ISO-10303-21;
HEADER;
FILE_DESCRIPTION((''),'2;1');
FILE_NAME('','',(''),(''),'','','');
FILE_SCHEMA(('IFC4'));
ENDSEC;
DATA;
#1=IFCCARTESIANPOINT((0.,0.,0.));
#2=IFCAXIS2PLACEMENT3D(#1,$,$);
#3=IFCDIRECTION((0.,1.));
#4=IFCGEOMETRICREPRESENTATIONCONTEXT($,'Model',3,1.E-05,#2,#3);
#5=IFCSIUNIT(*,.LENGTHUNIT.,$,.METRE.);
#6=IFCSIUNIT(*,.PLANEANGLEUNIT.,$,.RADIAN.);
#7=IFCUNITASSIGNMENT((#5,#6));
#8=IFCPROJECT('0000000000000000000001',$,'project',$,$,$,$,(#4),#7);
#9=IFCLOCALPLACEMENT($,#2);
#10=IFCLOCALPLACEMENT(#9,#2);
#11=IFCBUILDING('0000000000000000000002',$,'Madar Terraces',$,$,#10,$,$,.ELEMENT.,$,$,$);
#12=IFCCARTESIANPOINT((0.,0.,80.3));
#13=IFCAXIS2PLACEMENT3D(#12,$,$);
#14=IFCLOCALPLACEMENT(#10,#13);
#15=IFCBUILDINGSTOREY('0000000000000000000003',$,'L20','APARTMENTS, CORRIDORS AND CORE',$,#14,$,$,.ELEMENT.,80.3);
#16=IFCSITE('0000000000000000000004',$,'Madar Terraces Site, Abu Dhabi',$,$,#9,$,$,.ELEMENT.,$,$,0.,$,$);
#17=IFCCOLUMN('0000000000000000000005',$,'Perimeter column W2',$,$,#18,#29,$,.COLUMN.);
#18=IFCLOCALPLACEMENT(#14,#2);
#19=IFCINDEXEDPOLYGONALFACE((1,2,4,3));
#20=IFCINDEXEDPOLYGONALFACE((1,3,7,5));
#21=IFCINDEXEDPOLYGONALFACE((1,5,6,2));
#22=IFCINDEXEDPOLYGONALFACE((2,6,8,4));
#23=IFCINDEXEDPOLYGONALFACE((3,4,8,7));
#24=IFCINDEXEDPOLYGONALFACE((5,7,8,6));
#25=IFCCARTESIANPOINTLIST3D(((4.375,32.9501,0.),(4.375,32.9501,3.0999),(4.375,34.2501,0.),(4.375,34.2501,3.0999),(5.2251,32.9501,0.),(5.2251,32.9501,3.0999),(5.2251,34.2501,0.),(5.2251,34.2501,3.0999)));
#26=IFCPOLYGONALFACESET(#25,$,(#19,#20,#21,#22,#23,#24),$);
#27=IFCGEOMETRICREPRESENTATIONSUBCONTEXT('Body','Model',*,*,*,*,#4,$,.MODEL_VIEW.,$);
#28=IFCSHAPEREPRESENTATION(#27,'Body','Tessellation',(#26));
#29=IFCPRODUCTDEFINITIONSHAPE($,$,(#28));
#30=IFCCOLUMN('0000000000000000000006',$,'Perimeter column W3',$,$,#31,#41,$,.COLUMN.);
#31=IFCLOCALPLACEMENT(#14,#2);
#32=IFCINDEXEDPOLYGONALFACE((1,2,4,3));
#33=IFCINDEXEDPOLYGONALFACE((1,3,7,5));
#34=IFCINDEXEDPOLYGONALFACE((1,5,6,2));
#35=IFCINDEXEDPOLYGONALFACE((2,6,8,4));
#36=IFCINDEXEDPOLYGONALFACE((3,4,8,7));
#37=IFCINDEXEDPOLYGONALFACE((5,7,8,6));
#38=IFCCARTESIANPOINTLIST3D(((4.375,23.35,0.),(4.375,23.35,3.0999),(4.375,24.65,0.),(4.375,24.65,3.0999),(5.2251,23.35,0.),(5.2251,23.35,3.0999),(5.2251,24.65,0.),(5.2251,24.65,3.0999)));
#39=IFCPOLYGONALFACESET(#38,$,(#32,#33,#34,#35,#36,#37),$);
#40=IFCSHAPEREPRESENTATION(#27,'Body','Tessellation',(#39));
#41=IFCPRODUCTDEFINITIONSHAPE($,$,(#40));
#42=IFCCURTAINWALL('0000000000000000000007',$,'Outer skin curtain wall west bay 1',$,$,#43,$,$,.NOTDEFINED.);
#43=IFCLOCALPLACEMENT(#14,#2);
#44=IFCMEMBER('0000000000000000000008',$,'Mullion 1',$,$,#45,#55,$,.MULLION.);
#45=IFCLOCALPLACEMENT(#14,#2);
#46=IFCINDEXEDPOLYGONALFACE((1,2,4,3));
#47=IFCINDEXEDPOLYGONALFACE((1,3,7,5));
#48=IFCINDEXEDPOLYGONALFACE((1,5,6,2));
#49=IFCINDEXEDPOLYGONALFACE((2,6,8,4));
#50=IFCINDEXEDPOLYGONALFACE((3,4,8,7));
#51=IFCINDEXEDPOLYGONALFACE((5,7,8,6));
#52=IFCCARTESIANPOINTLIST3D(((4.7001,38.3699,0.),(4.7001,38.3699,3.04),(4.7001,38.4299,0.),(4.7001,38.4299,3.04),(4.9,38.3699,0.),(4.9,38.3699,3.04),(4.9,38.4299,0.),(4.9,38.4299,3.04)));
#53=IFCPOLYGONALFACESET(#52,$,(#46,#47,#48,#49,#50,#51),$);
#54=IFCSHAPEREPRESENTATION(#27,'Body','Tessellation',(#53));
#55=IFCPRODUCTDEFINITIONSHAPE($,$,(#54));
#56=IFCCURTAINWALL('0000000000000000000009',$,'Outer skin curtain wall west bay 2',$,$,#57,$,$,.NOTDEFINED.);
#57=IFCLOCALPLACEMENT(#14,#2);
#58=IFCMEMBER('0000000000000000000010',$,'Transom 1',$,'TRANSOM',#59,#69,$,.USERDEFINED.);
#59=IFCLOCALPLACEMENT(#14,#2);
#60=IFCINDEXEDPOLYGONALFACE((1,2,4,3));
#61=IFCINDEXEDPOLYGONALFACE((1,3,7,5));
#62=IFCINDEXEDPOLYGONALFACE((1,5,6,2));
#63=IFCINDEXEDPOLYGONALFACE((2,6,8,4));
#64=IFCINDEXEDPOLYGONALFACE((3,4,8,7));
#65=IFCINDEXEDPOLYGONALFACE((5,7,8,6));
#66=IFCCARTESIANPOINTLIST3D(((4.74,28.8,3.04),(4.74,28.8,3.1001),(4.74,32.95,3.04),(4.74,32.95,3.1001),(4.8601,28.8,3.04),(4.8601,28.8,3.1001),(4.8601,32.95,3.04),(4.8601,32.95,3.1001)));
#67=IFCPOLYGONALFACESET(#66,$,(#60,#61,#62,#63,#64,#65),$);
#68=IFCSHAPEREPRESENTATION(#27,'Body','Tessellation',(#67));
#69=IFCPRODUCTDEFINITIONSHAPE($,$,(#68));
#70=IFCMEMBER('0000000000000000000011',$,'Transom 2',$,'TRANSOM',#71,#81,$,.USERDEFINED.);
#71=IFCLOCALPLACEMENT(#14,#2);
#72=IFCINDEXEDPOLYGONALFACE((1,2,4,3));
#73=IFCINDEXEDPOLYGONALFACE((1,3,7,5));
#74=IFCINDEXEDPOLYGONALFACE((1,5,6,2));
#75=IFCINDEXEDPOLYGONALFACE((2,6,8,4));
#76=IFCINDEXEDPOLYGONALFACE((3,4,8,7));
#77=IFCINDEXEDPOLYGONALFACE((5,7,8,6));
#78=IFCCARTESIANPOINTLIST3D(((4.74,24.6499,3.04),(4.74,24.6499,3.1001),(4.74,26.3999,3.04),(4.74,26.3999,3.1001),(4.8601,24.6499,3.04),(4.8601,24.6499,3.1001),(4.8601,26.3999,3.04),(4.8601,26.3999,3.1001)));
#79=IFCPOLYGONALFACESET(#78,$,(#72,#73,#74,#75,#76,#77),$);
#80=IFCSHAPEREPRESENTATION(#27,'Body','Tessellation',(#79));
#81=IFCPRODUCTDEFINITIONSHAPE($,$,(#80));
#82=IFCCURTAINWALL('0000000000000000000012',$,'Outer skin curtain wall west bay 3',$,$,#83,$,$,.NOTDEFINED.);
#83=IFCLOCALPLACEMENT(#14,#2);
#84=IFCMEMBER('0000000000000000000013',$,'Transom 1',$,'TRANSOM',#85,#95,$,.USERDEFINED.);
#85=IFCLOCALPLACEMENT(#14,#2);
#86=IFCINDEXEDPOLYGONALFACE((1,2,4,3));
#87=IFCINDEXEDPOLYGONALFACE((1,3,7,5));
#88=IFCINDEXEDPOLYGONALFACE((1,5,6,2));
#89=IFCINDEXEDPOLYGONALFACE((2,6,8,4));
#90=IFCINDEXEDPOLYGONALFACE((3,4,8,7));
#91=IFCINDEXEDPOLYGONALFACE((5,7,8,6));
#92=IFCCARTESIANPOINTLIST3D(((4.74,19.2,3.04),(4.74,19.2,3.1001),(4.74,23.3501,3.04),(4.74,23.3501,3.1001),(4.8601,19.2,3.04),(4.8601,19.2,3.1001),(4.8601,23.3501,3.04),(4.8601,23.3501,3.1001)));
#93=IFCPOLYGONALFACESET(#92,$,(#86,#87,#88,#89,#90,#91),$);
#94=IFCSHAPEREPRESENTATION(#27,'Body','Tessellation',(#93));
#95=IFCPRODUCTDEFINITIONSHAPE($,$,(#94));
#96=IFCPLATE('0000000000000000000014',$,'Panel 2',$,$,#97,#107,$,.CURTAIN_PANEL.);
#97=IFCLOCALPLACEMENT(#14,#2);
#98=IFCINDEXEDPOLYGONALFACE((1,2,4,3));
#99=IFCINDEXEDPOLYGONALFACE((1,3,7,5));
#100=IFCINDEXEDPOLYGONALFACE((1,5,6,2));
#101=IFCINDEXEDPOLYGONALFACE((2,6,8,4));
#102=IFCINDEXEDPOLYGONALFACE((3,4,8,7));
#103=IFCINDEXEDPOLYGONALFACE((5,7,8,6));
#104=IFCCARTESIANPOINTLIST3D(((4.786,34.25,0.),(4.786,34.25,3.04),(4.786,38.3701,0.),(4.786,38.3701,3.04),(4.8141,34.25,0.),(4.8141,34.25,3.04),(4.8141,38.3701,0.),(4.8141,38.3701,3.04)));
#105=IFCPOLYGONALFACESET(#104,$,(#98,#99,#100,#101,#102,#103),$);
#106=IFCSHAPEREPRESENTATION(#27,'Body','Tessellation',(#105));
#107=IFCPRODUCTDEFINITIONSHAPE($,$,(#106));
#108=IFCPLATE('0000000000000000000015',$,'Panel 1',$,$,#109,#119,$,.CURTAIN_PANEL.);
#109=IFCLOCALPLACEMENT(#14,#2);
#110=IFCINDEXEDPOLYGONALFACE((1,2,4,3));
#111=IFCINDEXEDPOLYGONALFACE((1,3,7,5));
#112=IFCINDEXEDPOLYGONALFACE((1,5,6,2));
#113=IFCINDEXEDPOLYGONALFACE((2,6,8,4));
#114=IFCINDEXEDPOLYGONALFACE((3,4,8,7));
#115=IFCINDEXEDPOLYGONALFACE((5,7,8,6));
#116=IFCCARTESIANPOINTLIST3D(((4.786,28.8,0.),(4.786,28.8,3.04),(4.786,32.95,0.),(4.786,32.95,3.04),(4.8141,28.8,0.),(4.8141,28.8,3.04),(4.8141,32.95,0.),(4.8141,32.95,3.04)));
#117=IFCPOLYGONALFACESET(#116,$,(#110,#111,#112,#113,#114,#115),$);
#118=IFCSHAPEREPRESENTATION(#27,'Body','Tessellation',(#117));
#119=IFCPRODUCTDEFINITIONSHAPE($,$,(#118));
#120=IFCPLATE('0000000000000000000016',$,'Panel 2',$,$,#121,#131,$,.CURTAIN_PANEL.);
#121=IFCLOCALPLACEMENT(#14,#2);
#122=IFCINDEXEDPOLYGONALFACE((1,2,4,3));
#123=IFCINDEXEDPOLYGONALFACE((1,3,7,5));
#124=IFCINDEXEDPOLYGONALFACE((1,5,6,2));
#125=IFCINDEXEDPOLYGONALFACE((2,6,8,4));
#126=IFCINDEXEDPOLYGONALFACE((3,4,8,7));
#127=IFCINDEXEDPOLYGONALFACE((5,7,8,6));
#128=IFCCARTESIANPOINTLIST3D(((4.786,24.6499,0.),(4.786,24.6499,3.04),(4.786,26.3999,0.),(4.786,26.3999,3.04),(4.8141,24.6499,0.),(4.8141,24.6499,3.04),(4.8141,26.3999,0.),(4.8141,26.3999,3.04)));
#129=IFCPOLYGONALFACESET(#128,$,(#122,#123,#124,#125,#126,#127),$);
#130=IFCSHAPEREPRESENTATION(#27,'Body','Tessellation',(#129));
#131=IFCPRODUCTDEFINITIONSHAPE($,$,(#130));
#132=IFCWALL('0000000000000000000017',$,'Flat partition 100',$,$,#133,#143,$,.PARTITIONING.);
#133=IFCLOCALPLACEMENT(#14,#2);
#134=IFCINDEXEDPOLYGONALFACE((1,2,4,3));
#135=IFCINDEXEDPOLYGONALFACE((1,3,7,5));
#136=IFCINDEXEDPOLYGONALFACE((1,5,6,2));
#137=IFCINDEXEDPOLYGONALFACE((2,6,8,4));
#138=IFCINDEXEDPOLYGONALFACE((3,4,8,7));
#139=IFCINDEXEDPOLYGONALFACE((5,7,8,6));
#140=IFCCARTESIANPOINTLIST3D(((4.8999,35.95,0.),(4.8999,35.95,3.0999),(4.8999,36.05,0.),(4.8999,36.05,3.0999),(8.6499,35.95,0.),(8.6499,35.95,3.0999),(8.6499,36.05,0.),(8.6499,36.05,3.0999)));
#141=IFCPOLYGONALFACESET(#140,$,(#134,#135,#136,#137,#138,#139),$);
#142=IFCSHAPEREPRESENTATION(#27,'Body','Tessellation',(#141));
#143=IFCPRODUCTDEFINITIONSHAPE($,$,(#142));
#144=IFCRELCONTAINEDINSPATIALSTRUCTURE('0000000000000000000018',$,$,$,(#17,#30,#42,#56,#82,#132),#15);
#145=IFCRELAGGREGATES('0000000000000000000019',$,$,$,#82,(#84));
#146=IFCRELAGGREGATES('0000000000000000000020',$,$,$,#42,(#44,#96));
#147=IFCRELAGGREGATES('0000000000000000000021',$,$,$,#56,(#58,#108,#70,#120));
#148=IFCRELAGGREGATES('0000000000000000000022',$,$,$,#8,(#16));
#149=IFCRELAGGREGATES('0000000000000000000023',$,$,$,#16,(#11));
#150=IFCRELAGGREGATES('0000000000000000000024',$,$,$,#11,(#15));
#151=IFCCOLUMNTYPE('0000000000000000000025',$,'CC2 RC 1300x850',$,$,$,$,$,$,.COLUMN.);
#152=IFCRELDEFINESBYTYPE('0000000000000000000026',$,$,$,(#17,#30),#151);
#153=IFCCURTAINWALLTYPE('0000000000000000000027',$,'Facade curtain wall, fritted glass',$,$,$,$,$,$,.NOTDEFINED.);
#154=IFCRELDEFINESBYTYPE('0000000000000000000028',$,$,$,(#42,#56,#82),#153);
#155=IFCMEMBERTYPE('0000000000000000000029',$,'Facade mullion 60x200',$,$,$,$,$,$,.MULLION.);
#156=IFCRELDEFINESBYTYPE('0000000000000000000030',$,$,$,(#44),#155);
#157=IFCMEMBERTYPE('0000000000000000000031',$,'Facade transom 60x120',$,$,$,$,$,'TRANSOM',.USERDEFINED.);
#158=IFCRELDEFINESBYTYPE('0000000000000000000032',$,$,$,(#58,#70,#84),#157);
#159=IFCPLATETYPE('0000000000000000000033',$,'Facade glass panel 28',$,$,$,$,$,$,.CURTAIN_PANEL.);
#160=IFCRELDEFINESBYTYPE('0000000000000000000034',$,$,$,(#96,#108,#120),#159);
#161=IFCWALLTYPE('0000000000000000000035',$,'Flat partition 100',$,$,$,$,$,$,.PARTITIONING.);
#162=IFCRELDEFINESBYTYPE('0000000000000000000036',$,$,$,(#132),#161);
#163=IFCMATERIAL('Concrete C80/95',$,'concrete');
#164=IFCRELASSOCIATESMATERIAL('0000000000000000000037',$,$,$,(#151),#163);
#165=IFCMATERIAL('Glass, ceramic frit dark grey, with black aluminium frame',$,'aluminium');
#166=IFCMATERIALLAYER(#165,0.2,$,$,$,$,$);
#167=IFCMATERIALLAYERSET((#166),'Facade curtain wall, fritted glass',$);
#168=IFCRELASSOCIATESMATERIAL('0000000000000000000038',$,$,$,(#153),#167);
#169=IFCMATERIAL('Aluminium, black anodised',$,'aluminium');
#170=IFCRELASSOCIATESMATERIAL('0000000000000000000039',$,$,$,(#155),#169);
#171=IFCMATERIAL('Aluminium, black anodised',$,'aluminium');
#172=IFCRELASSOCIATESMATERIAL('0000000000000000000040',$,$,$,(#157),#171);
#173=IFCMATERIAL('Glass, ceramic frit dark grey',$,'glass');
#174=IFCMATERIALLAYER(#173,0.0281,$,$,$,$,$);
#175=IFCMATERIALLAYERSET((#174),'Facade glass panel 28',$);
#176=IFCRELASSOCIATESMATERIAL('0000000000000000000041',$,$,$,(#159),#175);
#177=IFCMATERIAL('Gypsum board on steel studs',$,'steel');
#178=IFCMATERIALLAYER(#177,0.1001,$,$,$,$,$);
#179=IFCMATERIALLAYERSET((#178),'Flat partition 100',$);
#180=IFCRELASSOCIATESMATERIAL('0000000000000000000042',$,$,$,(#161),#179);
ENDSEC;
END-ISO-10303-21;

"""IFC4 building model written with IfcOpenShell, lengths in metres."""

from ifc_helpers import new_model, si_unit, direction, frame, frame_2d, origin, origin_2d, place, context, subcontext, project, spatial, rectangle, extrude, material, layer, layer_set, material_profile, profile_set, type_object, element, aggregate, save


model = new_model("IFC4")

# Units and contexts
model_context = context("Model", 3, precision=1e-05, world=origin(), true_north=direction((0.0, 1.0)))
body_context = subcontext(model_context, "Body", "Model", "MODEL_VIEW")
ifc_project = project(units=[si_unit("LENGTHUNIT", "METRE"), si_unit("PLANEANGLEUNIT", "RADIAN")], contexts=[model_context])

# Site, building, storey
site_placement = place(None, origin())
site = spatial("IfcSite", under=ifc_project, at=site_placement, Name="Madar Terraces Site, Abu Dhabi", CompositionType="ELEMENT", RefElevation=0.0)
building_placement = place(site_placement, origin())
building = spatial("IfcBuilding", under=site, at=building_placement, Name="Madar Terraces", CompositionType="ELEMENT")
storey_placement = place(building_placement, frame((0.0, 0.0, 80.3)))
storey = spatial("IfcBuildingStorey", under=building, at=storey_placement, Name="L20", Description="APARTMENTS, CORRIDORS AND CORE", CompositionType="ELEMENT", Elevation=80.3)

# Columns
ifc_material_1 = material(Name="Concrete C80/95", Category="concrete")
ifc_material_profile_1 = material_profile(ifc_material_1, rectangle(XDim=1.3, YDim=0.8501, at=origin_2d()), Name="CC2 RC 1300x850")
ifc_profile_set_1 = profile_set([ifc_material_profile_1], Name="Concrete C80/95")
column_type = type_object("IfcColumnType", Name="CC2 RC 1300x850", PredefinedType="COLUMN", material=ifc_profile_set_1)
for number, where, z_axis, x_axis, name in (
    (1, (4.8, 33.6001, 0.0), (0.0, 0.0, 1.0), (0.0, 1.0, 0.0), "Perimeter column W2"),
    (2, (4.8, 24.0, 0.0), (0.0, 0.0, 1.0), (0.0, 1.0, 0.0), "Perimeter column W3"),
):
    element("IfcColumn", number, at=place(storey_placement, frame(where, z_axis=z_axis, x_axis=x_axis)), inside=storey, type_object=column_type, Name=name, PredefinedType="COLUMN", context=body_context, shape_type="SweptSolid", body=[
        extrude(rectangle(XDim=1.3, YDim=0.8501, at=origin_2d()), origin(), (0.0, 0.0, 1.0), 3.0999),
    ])

# Curtain wall, member
ifc_material_2 = material(Name="Glass, ceramic frit dark grey, with black aluminium frame", Category="aluminium")
ifc_layer_1 = layer(ifc_material_2, 0.2)
ifc_layer_set_1 = layer_set([ifc_layer_1], Name="Facade curtain wall, fritted glass")
curtain_wall_type = type_object("IfcCurtainWallType", Name="Facade curtain wall, fritted glass", PredefinedType="NOTDEFINED", material=ifc_layer_set_1)
curtain_wall_1_placement = place(storey_placement, origin())
curtain_wall_1 = element("IfcCurtainWall", 3, at=curtain_wall_1_placement, inside=storey, type_object=curtain_wall_type, Name="Outer skin curtain wall west bay 1", PredefinedType="NOTDEFINED")
ifc_material_3 = material(Name="Aluminium, black anodised", Category="aluminium")
ifc_material_profile_2 = material_profile(ifc_material_3, rectangle(XDim=0.2, YDim=0.0601, at=origin_2d()), Name="Facade mullion 60x200")
ifc_profile_set_2 = profile_set([ifc_material_profile_2], Name="Aluminium, black anodised")
member_type_1 = type_object("IfcMemberType", Name="Facade mullion 60x200", PredefinedType="MULLION", material=ifc_profile_set_2)
member_1_placement = place(storey_placement, frame((4.8, 38.3999, 0.0), z_axis=(0.0, 0.0, 1.0), x_axis=(1.0, 0.0, 0.0)))
member_1 = element("IfcMember", 4, at=member_1_placement, type_object=member_type_1, Name="Mullion 1", PredefinedType="MULLION", context=body_context, shape_type="SweptSolid", body=[
    extrude(rectangle(XDim=0.2, YDim=0.0601, at=origin_2d()), origin(), (0.0, 0.0, 1.0), 3.04),
])

# Curtain wall, members
curtain_wall_2_placement = place(storey_placement, origin())
curtain_wall_2 = element("IfcCurtainWall", 5, at=curtain_wall_2_placement, inside=storey, type_object=curtain_wall_type, Name="Outer skin curtain wall west bay 2", PredefinedType="NOTDEFINED")
ifc_material_4 = material(Name="Aluminium, black anodised", Category="aluminium")
ifc_material_profile_3 = material_profile(ifc_material_4, rectangle(XDim=0.1201, YDim=0.0601, at=origin_2d()), Name="Facade transom 60x120")
ifc_profile_set_3 = profile_set([ifc_material_profile_3], Name="Aluminium, black anodised")
member_type_2 = type_object("IfcMemberType", Name="Facade transom 60x120", ElementType="TRANSOM", PredefinedType="USERDEFINED", material=ifc_profile_set_3)
member_2_placement = place(storey_placement, frame((4.8, 32.95, 3.0701), z_axis=(0.0, -1.0, 0.0), x_axis=(1.0, 0.0, 0.0)))
member_2 = element("IfcMember", 6, at=member_2_placement, type_object=member_type_2, Name="Transom 1", ObjectType="TRANSOM", PredefinedType="USERDEFINED", context=body_context, shape_type="SweptSolid", body=[
    extrude(rectangle(XDim=0.1201, YDim=0.0601, at=origin_2d()), origin(), (0.0, 0.0, 1.0), 4.1499),
])
member_3_placement = place(storey_placement, frame((4.8, 26.3999, 3.0701), z_axis=(0.0, -1.0, 0.0), x_axis=(1.0, 0.0, 0.0)))
member_3 = element("IfcMember", 7, at=member_3_placement, type_object=member_type_2, Name="Transom 2", ObjectType="TRANSOM", PredefinedType="USERDEFINED", context=body_context, shape_type="SweptSolid", body=[
    extrude(rectangle(XDim=0.1201, YDim=0.0601, at=origin_2d()), origin(), (0.0, 0.0, 1.0), 1.75),
])

# Curtain wall, member
curtain_wall_3_placement = place(storey_placement, origin())
curtain_wall_3 = element("IfcCurtainWall", 8, at=curtain_wall_3_placement, inside=storey, type_object=curtain_wall_type, Name="Outer skin curtain wall west bay 3", PredefinedType="NOTDEFINED")
member_4_placement = place(storey_placement, frame((4.8, 23.3501, 3.0701), z_axis=(0.0, -1.0, 0.0), x_axis=(1.0, 0.0, 0.0)))
member_4 = element("IfcMember", 9, at=member_4_placement, type_object=member_type_2, Name="Transom 1", ObjectType="TRANSOM", PredefinedType="USERDEFINED", context=body_context, shape_type="SweptSolid", body=[
    extrude(rectangle(XDim=0.1201, YDim=0.0601, at=origin_2d()), origin(), (0.0, 0.0, 1.0), 4.1501),
])
aggregate(curtain_wall_3, [member_4])

# Plates
ifc_material_5 = material(Name="Glass, ceramic frit dark grey", Category="glass")
ifc_layer_2 = layer(ifc_material_5, 0.0281)
ifc_layer_set_2 = layer_set([ifc_layer_2], Name="Facade glass panel 28")
plate_type = type_object("IfcPlateType", Name="Facade glass panel 28", PredefinedType="CURTAIN_PANEL", material=ifc_layer_set_2)
plate_1_placement = place(storey_placement, frame((4.8, 36.3101, 0.0), z_axis=(0.0, 0.0, 1.0), x_axis=(0.0, -1.0, 0.0)))
plate_1 = element("IfcPlate", 10, at=plate_1_placement, type_object=plate_type, Name="Panel 2", PredefinedType="CURTAIN_PANEL", context=body_context, shape_type="SweptSolid", body=[
    extrude(rectangle(XDim=4.1201, YDim=0.0281, at=origin_2d()), origin(), (0.0, 0.0, 1.0), 3.04),
])
aggregate(curtain_wall_1, [member_1, plate_1])
plate_2_placement = place(storey_placement, frame((4.8, 30.875, 0.0), z_axis=(0.0, 0.0, 1.0), x_axis=(0.0, -1.0, 0.0)))
plate_2 = element("IfcPlate", 11, at=plate_2_placement, type_object=plate_type, Name="Panel 1", PredefinedType="CURTAIN_PANEL", context=body_context, shape_type="SweptSolid", body=[
    extrude(rectangle(XDim=4.1499, YDim=0.0281, at=origin_2d()), origin(), (0.0, 0.0, 1.0), 3.04),
])
plate_3_placement = place(storey_placement, frame((4.8, 25.5249, 0.0), z_axis=(0.0, 0.0, 1.0), x_axis=(0.0, -1.0, 0.0)))
plate_3 = element("IfcPlate", 12, at=plate_3_placement, type_object=plate_type, Name="Panel 2", PredefinedType="CURTAIN_PANEL", context=body_context, shape_type="SweptSolid", body=[
    extrude(rectangle(XDim=1.75, YDim=0.0281, at=origin_2d()), origin(), (0.0, 0.0, 1.0), 3.04),
])
aggregate(curtain_wall_2, [member_2, plate_2, member_3, plate_3])

# Wall
ifc_material_6 = material(Name="Gypsum board on steel studs", Category="steel")
ifc_layer_3 = layer(ifc_material_6, 0.1001)
ifc_layer_set_3 = layer_set([ifc_layer_3], Name="Flat partition 100")
wall_type_1 = type_object("IfcWallType", Name="Flat partition 100", PredefinedType="PARTITIONING", material=ifc_layer_set_3)
wall_1_placement = place(storey_placement, frame((8.6499, 36.0, 0.0), z_axis=(0.0, 0.0, 1.0), x_axis=(-1.0, 0.0, 0.0)))
element("IfcWall", 13, at=wall_1_placement, inside=storey, type_object=wall_type_1, Name="Flat partition 100", PredefinedType="PARTITIONING", context=body_context, shape_type="SweptSolid", body=[
    extrude(rectangle(XDim=3.75, YDim=0.1001, at=frame_2d((1.875, 0.0))), origin(), (0.0, 0.0, 1.0), 3.0999),
])

save(model, "model.ifc")
